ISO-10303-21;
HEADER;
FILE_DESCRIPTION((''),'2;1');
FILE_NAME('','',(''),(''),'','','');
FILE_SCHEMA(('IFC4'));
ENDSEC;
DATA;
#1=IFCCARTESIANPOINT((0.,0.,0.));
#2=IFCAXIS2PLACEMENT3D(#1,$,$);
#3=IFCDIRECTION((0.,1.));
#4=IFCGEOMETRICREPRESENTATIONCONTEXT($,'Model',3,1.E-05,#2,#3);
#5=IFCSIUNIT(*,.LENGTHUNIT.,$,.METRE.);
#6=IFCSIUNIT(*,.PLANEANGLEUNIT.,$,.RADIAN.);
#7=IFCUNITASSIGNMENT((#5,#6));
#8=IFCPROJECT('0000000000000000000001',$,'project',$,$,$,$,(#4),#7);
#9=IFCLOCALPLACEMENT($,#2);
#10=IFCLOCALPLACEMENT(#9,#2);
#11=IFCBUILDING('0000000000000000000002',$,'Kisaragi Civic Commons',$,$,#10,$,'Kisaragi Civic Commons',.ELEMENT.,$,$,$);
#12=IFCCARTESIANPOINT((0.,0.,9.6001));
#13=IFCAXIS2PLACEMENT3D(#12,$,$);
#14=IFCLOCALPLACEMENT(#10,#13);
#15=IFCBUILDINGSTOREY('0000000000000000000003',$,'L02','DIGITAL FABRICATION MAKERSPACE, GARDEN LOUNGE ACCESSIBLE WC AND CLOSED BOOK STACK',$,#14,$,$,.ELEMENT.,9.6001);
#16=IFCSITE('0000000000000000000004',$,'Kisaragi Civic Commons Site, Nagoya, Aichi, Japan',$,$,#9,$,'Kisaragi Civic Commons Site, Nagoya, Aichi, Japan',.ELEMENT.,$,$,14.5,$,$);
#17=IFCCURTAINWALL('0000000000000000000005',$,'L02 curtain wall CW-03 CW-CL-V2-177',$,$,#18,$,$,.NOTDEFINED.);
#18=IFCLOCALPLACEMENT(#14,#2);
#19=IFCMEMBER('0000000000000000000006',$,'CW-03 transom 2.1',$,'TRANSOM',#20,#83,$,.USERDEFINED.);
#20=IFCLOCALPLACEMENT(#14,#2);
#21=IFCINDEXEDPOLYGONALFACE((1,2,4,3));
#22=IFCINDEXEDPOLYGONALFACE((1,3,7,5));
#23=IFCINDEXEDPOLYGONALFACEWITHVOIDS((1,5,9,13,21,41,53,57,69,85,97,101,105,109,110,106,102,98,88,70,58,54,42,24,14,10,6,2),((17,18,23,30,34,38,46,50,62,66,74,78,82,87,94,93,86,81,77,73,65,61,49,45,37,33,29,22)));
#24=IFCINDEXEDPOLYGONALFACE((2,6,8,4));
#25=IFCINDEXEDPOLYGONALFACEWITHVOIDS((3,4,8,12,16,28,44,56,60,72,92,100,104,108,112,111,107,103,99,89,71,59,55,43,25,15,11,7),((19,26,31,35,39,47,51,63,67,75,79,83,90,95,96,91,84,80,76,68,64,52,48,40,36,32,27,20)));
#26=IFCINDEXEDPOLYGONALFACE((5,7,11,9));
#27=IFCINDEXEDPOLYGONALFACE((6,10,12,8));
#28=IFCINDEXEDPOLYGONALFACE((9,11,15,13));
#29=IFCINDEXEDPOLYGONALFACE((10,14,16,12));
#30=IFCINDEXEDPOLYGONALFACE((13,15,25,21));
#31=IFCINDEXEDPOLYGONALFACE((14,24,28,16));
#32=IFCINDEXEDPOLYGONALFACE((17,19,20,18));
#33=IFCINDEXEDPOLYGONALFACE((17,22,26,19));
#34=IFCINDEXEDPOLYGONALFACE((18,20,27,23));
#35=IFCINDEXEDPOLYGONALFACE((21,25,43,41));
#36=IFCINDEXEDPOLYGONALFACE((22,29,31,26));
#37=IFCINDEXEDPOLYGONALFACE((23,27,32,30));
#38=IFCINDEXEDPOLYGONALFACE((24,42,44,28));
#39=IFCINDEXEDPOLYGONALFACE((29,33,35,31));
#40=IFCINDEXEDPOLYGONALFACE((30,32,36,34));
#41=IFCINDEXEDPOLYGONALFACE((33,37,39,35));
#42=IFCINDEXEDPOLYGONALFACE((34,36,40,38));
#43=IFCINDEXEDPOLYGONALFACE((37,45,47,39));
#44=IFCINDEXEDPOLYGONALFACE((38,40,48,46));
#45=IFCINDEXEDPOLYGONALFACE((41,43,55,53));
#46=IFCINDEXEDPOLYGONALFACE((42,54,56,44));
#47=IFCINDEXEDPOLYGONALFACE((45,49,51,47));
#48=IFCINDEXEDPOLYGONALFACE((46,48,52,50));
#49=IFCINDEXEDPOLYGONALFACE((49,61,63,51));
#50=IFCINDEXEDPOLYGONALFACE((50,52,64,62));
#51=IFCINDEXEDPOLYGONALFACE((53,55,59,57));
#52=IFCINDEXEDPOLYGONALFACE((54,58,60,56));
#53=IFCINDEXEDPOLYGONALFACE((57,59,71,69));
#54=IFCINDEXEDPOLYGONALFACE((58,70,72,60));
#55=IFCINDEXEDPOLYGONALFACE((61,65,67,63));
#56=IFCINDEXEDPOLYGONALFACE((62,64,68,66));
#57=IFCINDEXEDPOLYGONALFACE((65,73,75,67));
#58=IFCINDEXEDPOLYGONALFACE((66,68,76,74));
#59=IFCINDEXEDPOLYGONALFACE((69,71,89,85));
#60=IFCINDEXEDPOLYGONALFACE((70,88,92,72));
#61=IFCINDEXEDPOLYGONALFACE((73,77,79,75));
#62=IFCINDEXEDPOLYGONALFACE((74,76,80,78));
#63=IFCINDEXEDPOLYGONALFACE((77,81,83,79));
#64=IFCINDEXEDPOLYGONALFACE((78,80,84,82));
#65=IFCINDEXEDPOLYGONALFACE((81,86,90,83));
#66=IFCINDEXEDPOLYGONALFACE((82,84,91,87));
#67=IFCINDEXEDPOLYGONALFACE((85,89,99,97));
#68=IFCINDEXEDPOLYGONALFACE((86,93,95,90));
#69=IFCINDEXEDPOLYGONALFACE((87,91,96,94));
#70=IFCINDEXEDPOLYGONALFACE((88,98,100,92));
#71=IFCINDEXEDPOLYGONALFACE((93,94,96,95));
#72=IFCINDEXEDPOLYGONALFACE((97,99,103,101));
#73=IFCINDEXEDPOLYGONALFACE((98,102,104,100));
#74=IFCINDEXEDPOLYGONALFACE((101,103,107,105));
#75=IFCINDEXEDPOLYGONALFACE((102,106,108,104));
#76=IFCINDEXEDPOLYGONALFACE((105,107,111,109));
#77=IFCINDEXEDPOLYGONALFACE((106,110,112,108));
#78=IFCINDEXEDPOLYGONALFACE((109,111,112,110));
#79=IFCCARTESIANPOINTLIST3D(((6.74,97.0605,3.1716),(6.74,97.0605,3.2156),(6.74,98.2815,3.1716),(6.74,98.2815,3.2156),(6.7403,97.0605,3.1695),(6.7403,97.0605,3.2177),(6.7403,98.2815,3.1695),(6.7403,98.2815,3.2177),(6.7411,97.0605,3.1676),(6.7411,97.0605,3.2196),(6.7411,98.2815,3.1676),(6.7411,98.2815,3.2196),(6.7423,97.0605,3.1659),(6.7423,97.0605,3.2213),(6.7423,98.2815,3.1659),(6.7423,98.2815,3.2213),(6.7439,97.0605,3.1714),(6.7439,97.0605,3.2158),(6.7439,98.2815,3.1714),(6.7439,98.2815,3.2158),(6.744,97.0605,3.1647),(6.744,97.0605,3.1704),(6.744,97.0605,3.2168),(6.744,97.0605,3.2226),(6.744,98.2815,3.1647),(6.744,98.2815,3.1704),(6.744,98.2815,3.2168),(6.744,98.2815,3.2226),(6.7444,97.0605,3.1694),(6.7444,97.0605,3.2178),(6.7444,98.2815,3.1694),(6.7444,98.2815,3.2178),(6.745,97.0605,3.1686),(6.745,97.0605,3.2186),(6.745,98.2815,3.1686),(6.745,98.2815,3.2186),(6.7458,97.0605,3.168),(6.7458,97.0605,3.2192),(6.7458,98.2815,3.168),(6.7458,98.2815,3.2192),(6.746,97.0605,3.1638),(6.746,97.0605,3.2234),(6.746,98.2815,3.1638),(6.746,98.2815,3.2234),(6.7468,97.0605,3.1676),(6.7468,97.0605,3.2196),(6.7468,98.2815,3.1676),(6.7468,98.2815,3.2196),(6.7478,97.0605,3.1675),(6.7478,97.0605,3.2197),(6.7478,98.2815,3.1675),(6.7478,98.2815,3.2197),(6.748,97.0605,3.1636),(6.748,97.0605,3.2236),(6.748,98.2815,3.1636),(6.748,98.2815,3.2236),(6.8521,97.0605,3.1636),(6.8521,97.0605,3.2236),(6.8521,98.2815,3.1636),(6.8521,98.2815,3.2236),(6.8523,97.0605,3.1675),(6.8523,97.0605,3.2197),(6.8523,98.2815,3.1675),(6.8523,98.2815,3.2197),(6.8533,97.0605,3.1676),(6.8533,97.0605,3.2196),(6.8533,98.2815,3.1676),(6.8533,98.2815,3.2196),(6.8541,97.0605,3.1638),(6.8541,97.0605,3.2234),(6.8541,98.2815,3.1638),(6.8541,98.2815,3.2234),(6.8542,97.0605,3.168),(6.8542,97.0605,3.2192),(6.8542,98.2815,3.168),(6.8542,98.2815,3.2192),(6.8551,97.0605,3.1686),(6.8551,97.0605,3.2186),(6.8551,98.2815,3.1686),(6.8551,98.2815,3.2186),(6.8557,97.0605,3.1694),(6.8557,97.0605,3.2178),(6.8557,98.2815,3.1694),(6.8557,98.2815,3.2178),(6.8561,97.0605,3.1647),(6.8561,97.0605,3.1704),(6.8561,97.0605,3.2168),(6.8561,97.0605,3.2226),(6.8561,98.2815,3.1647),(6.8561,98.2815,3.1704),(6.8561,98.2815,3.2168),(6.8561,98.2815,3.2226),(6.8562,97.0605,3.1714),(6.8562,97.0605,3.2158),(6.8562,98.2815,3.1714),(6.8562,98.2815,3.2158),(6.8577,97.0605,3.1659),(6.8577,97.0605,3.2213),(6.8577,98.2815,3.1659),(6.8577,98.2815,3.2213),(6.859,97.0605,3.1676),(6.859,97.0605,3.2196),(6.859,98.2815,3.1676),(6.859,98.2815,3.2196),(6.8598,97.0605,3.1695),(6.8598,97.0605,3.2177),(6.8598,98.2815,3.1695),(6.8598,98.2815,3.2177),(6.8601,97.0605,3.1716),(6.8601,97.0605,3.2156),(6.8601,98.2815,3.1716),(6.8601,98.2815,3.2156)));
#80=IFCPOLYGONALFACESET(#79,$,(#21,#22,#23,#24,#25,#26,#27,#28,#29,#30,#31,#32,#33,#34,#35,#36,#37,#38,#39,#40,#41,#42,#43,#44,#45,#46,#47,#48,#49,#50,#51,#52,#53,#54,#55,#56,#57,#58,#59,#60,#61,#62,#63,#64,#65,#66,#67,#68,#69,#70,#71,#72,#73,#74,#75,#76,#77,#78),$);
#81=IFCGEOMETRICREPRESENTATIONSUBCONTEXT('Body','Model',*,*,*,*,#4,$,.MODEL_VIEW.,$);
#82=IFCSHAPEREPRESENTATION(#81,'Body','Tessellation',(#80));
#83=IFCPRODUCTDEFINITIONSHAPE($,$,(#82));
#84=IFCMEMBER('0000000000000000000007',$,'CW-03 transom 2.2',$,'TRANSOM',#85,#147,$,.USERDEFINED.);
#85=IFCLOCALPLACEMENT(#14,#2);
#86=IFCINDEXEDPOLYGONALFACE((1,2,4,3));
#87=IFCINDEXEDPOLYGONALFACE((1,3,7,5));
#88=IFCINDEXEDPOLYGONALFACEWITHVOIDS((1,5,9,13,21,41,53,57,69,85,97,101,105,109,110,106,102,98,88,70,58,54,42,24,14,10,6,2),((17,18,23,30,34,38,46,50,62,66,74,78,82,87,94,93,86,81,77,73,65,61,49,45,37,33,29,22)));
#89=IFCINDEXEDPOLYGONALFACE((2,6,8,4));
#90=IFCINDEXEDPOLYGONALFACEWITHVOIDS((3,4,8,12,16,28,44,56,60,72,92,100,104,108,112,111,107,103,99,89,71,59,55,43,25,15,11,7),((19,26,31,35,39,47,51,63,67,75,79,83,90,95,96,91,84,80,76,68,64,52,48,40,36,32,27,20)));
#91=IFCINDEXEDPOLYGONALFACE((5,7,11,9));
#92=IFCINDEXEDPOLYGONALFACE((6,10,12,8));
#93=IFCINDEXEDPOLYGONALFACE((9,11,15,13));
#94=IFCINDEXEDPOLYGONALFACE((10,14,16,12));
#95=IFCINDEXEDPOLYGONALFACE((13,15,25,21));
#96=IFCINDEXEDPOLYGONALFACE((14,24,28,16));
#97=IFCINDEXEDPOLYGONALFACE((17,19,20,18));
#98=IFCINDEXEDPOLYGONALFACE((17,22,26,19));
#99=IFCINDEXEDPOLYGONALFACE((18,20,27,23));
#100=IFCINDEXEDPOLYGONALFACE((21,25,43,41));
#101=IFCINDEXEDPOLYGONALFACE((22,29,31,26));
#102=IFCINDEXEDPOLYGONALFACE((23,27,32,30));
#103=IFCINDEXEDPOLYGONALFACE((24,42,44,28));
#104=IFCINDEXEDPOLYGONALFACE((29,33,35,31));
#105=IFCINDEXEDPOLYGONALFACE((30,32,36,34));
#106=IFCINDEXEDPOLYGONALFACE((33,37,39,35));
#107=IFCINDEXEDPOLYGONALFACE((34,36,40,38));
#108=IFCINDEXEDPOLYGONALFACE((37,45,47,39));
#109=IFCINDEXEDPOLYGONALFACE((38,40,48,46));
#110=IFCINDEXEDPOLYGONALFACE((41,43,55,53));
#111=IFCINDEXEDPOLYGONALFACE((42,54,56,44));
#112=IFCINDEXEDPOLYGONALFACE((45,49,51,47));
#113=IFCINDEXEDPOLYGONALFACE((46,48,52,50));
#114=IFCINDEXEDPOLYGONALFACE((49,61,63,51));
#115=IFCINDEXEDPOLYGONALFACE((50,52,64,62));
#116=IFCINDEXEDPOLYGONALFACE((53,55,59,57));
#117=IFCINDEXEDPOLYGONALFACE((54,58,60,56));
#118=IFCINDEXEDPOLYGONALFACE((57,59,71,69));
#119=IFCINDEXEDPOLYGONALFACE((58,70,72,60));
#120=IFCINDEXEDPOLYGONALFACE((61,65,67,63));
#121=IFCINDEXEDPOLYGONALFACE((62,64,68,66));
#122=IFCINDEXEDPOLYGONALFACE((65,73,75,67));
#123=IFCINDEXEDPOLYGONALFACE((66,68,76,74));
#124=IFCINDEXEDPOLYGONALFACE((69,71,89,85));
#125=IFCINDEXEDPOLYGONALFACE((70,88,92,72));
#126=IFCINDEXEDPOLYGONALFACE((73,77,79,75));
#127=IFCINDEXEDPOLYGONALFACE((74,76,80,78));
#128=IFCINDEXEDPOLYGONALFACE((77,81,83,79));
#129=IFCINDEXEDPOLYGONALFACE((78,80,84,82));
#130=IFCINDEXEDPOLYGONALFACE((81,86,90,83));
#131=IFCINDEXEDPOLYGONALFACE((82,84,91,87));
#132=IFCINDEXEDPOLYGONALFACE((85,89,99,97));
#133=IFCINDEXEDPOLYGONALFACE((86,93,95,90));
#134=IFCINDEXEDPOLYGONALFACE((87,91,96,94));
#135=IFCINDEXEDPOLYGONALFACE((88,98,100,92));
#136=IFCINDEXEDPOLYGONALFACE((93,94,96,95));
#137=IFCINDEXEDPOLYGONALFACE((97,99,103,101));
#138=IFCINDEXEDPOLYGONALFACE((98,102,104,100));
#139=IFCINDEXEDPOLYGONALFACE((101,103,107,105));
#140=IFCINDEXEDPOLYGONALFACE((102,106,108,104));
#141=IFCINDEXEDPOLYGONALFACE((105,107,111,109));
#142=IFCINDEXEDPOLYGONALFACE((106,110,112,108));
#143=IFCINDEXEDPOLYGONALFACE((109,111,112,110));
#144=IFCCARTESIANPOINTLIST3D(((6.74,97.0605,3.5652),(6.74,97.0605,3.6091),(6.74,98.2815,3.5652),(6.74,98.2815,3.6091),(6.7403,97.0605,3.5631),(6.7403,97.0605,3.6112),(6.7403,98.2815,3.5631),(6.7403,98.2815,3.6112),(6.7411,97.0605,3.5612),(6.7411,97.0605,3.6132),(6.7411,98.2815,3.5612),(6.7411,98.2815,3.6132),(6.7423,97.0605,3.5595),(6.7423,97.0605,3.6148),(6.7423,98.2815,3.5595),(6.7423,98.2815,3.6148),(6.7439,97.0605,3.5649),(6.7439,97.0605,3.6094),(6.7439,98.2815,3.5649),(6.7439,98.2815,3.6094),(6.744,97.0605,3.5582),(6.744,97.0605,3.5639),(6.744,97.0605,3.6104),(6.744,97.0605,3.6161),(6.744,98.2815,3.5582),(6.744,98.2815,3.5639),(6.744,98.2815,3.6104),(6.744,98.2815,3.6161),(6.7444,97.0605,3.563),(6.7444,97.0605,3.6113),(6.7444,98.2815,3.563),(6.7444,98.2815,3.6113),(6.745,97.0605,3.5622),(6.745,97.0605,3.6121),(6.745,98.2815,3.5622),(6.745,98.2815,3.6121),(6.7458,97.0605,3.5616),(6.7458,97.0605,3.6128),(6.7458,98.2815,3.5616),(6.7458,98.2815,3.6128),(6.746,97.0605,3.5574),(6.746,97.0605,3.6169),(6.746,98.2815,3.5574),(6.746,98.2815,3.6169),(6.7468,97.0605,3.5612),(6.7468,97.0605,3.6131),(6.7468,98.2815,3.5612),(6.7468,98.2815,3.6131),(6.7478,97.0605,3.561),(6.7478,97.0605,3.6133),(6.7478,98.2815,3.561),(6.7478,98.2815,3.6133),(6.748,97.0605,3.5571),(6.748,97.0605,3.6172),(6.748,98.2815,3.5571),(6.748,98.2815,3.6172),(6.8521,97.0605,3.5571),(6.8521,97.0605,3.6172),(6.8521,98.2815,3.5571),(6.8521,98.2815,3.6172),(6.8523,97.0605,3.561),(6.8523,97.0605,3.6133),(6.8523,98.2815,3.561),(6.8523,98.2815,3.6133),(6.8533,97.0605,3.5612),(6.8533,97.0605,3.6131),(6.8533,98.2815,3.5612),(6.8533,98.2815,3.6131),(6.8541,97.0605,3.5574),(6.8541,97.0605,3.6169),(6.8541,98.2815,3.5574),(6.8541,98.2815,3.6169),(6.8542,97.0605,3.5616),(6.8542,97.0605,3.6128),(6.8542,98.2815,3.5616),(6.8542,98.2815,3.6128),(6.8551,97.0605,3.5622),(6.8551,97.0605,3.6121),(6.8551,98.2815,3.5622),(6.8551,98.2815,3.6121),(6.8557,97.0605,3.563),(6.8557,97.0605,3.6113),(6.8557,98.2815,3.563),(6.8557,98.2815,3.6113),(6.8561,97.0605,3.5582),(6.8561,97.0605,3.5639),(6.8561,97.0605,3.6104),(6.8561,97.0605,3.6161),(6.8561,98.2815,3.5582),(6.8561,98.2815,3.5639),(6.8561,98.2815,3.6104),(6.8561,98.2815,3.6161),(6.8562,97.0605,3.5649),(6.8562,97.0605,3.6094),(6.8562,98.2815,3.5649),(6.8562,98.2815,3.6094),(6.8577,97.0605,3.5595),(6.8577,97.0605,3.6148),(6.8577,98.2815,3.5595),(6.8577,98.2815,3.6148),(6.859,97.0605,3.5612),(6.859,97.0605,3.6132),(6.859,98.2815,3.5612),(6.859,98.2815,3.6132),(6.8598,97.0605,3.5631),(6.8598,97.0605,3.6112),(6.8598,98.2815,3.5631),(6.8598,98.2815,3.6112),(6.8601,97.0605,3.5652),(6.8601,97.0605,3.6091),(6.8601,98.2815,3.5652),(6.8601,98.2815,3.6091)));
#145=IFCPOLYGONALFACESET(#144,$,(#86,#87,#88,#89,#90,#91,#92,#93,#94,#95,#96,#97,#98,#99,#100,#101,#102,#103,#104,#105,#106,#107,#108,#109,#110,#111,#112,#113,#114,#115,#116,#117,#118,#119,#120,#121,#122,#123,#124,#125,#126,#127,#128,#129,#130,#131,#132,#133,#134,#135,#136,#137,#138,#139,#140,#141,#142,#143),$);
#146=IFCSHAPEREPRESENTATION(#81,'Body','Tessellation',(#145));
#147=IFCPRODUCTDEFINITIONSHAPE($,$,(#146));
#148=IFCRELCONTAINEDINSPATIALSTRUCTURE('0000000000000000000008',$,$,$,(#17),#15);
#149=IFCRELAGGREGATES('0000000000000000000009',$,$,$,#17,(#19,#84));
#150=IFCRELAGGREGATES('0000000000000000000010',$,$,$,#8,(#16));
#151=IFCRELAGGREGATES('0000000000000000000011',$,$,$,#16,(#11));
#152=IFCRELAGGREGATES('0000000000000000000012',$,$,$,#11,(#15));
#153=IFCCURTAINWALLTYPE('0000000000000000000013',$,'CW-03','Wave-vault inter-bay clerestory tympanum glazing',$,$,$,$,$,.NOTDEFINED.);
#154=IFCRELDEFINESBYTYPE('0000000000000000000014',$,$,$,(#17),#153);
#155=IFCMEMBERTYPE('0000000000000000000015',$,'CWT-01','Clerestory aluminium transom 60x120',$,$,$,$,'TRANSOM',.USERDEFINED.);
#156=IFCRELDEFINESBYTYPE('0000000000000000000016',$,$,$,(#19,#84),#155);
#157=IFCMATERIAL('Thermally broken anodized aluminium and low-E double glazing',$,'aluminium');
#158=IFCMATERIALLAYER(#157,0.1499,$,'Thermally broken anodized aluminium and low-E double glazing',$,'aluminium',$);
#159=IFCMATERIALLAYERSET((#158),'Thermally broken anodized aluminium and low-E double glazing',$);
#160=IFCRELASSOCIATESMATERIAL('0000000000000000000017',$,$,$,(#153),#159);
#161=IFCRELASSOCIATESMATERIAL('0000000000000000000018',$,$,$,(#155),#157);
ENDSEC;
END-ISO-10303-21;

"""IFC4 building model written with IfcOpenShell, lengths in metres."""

from ifc_helpers import new_model, si_unit, direction, frame, origin, origin_2d, place, context, subcontext, project, spatial, hollow_rectangle, extrude, material, layer, layer_set, material_profile, profile_set, type_object, element, aggregate, save


model = new_model("IFC4")

# Units and contexts
model_context = context("Model", 3, precision=1e-05, world=origin(), true_north=direction((0.0, 1.0)))
body_context = subcontext(model_context, "Body", "Model", "MODEL_VIEW")
ifc_project = project(units=[si_unit("LENGTHUNIT", "METRE"), si_unit("PLANEANGLEUNIT", "RADIAN")], contexts=[model_context])

# Site, building, storey
site_placement = place(None, origin())
site = spatial("IfcSite", under=ifc_project, at=site_placement, Name="Kisaragi Civic Commons Site, Nagoya, Aichi, Japan", LongName="Kisaragi Civic Commons Site, Nagoya, Aichi, Japan", CompositionType="ELEMENT", RefElevation=14.5)
building_placement = place(site_placement, origin())
building = spatial("IfcBuilding", under=site, at=building_placement, Name="Kisaragi Civic Commons", LongName="Kisaragi Civic Commons", CompositionType="ELEMENT")
storey_placement = place(building_placement, frame((0.0, 0.0, 9.6001)))
storey = spatial("IfcBuildingStorey", under=building, at=storey_placement, Name="L02", Description="DIGITAL FABRICATION MAKERSPACE, GARDEN LOUNGE ACCESSIBLE WC AND CLOSED BOOK STACK", CompositionType="ELEMENT", Elevation=9.6001)

# Curtain wall, members
ifc_material_1 = material(Name="Thermally broken anodized aluminium and low-E double glazing", Category="aluminium")
ifc_layer_1 = layer(ifc_material_1, 0.1499, Name="Thermally broken anodized aluminium and low-E double glazing", Category="aluminium")
ifc_layer_set_1 = layer_set([ifc_layer_1], Name="Thermally broken anodized aluminium and low-E double glazing")
curtain_wall_type = type_object("IfcCurtainWallType", Name="CW-03", Description="Wave-vault inter-bay clerestory tympanum glazing", PredefinedType="NOTDEFINED", material=ifc_layer_set_1)
curtain_wall_placement = place(storey_placement, origin())
curtain_wall = element("IfcCurtainWall", 1, at=curtain_wall_placement, inside=storey, type_object=curtain_wall_type, Name="L02 curtain wall CW-03 CW-CL-V2-177", PredefinedType="NOTDEFINED")
ifc_material_profile_1 = material_profile(ifc_material_1, hollow_rectangle(XDim=0.1201, YDim=0.0601, WallThickness=0.0039, InnerFilletRadius=0.0039, OuterFilletRadius=0.0081, at=origin_2d()), Name="CWT-60x120x4", Category="aluminium")
ifc_profile_set_1 = profile_set([ifc_material_profile_1], Name="Thermally broken anodized aluminium and low-E double glazing")
member_type_1 = type_object("IfcMemberType", Name="CWT-01", Description="Clerestory aluminium transom 60x120", ElementType="TRANSOM", PredefinedType="USERDEFINED", material=ifc_profile_set_1)
member_1_placement = place(storey_placement, frame((6.8, 97.0605, 3.1936), z_axis=(0.0, 1.0, 0.0), x_axis=(-1.0, 0.0, 0.0)))
member_1 = element("IfcMember", 2, at=member_1_placement, type_object=member_type_1, Name="CW-03 transom 2.1", ObjectType="TRANSOM", PredefinedType="USERDEFINED", context=body_context, shape_type="SweptSolid", body=[
    extrude(hollow_rectangle(XDim=0.1201, YDim=0.0601, WallThickness=0.0039, InnerFilletRadius=0.0039, OuterFilletRadius=0.0081, at=origin_2d()), origin(), (0.0, 0.0, 1.0), 1.2209),
])
member_2_placement = place(storey_placement, frame((6.8, 97.0605, 3.5872), z_axis=(0.0, 1.0, 0.0), x_axis=(-1.0, 0.0, 0.0)))
member_2 = element("IfcMember", 3, at=member_2_placement, type_object=member_type_1, Name="CW-03 transom 2.2", ObjectType="TRANSOM", PredefinedType="USERDEFINED", context=body_context, shape_type="SweptSolid", body=[
    extrude(hollow_rectangle(XDim=0.1201, YDim=0.0601, WallThickness=0.0039, InnerFilletRadius=0.0039, OuterFilletRadius=0.0081, at=origin_2d()), origin(), (0.0, 0.0, 1.0), 1.2209),
])

aggregate(curtain_wall, [member_1, member_2])

save(model, "model.ifc")
